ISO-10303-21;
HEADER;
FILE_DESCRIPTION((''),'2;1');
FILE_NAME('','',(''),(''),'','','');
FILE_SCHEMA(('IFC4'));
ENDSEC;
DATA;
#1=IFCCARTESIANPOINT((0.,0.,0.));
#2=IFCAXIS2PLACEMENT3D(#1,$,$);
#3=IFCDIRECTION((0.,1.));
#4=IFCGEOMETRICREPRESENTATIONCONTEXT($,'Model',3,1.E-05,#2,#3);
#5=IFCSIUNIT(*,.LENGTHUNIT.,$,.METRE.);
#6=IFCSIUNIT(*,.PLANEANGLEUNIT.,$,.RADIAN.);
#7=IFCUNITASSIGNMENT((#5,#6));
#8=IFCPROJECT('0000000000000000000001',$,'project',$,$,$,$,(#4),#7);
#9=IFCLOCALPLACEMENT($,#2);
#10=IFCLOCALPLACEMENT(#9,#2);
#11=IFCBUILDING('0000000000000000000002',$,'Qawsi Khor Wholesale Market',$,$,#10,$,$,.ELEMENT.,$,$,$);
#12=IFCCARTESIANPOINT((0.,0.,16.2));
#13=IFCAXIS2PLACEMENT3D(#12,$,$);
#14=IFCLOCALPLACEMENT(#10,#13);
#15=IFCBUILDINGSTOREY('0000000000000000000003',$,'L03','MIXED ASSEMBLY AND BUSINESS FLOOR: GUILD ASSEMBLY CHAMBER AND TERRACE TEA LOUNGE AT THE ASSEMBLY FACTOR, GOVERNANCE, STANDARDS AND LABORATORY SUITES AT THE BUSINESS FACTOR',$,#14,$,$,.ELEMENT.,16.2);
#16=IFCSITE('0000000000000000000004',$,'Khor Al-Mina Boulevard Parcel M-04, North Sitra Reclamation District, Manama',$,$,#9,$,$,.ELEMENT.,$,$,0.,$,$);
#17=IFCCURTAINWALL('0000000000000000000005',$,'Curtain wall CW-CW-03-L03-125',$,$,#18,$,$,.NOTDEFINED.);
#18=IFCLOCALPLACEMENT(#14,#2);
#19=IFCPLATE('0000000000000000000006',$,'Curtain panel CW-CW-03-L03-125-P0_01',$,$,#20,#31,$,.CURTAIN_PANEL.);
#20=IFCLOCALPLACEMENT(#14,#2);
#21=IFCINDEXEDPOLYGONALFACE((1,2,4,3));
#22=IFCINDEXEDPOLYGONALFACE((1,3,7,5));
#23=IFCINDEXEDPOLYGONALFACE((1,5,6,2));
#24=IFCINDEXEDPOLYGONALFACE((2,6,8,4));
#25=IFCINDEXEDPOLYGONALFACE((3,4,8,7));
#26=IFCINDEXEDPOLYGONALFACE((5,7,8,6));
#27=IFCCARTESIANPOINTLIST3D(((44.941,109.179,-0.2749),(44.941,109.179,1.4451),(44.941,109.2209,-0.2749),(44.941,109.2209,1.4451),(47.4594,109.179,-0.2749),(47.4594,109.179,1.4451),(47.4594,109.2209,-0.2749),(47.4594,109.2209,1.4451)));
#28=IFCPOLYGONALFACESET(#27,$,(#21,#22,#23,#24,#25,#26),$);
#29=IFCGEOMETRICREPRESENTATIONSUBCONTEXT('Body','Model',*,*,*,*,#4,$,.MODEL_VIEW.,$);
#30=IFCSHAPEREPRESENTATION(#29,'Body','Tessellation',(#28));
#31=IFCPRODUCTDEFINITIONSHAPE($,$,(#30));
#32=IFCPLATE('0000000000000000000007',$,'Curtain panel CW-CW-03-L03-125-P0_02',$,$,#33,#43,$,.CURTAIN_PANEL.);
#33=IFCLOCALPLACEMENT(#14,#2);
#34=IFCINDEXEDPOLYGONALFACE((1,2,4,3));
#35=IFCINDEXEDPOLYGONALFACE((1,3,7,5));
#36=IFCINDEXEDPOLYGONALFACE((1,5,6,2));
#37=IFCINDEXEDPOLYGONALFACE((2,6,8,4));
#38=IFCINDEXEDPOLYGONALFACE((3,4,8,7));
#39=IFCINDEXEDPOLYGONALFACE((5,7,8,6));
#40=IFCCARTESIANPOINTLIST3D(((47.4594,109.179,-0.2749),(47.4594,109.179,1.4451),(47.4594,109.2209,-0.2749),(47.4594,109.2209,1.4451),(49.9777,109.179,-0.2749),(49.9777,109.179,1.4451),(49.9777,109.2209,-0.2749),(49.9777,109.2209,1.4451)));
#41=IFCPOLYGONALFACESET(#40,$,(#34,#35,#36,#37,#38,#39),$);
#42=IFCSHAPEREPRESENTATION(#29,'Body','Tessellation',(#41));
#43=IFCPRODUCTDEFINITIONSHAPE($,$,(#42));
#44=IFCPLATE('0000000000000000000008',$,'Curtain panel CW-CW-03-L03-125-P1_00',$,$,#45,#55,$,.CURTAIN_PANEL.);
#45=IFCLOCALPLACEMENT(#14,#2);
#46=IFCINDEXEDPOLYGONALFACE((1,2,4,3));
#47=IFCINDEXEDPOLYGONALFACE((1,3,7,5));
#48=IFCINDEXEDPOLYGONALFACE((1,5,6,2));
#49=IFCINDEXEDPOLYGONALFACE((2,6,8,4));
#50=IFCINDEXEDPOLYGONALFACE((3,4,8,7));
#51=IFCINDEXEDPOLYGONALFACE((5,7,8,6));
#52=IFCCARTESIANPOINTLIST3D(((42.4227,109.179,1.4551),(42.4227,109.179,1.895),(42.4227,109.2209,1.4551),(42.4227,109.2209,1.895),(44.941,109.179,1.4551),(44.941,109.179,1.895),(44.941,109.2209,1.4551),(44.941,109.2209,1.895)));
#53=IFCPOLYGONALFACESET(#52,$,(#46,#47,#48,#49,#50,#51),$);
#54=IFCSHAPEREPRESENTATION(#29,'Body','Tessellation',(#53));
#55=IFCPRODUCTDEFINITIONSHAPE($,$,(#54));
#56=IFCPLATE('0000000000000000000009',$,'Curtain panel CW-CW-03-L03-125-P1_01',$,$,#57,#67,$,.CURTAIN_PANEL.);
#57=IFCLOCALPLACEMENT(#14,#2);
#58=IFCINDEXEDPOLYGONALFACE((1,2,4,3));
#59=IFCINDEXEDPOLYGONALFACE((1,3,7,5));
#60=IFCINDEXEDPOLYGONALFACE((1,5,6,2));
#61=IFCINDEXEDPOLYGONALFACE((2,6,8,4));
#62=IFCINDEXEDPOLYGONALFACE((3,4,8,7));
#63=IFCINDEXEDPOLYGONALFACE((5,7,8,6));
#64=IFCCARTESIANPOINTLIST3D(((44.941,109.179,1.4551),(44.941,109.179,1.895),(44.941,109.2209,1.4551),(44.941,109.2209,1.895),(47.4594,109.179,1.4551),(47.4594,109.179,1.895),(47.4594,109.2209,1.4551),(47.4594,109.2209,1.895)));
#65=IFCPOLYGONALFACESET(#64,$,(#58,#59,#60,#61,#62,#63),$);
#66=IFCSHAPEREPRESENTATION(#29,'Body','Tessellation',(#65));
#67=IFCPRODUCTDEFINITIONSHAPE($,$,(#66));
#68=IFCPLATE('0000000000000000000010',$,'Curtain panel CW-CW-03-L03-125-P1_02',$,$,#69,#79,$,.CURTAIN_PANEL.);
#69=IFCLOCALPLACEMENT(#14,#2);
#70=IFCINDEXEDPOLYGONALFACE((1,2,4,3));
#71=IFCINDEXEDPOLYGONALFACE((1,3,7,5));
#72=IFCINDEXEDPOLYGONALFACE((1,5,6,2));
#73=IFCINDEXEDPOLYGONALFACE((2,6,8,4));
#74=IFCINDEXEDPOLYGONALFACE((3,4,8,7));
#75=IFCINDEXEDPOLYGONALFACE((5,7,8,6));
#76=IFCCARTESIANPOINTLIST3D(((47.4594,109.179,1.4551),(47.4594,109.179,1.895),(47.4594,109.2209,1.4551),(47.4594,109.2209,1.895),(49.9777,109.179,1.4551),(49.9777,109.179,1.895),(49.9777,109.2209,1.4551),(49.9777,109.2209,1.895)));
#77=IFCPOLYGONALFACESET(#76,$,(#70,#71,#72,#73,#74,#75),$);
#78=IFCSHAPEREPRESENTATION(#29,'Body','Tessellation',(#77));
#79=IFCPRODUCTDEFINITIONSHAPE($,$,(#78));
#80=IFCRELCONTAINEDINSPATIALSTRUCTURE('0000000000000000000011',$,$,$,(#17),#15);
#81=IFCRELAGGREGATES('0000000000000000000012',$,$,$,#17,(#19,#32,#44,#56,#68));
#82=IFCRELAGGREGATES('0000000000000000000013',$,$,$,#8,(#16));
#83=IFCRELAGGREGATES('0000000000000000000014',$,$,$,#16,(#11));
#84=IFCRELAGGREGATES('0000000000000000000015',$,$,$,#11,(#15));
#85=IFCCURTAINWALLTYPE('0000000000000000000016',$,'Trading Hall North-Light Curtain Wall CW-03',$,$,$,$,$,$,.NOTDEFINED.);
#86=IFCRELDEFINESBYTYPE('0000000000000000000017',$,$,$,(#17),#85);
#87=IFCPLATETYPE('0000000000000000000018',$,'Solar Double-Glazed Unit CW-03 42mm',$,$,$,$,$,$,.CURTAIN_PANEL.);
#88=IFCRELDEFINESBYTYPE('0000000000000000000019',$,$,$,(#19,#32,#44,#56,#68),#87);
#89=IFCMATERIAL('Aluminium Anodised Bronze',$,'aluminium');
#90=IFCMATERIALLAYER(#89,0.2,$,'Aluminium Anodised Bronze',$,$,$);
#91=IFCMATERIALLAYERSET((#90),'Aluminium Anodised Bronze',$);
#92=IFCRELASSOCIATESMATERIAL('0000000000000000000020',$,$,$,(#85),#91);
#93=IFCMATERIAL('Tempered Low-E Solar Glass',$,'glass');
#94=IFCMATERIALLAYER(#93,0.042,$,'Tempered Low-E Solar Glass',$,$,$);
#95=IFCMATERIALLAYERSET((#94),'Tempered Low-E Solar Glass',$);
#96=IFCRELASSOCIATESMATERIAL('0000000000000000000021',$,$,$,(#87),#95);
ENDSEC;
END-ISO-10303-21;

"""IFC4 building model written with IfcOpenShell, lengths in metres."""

from ifc_helpers import new_model, si_unit, direction, frame, frame_2d, origin, place, context, subcontext, project, spatial, rectangle, extrude, material, layer, layer_set, type_object, element, aggregate, save


model = new_model("IFC4")

# Units and contexts
model_context = context("Model", 3, precision=1e-05, world=origin(), true_north=direction((0.0, 1.0)))
body_context = subcontext(model_context, "Body", "Model", "MODEL_VIEW")
ifc_project = project(units=[si_unit("LENGTHUNIT", "METRE"), si_unit("PLANEANGLEUNIT", "RADIAN")], contexts=[model_context])

# Site, building, storey
site_placement = place(None, origin())
site = spatial("IfcSite", under=ifc_project, at=site_placement, Name="Khor Al-Mina Boulevard Parcel M-04, North Sitra Reclamation District, Manama", CompositionType="ELEMENT", RefElevation=0.0)
building_placement = place(site_placement, origin())
building = spatial("IfcBuilding", under=site, at=building_placement, Name="Qawsi Khor Wholesale Market", CompositionType="ELEMENT")
storey_placement = place(building_placement, frame((0.0, 0.0, 16.2)))
storey = spatial("IfcBuildingStorey", under=building, at=storey_placement, Name="L03", Description="MIXED ASSEMBLY AND BUSINESS FLOOR: GUILD ASSEMBLY CHAMBER AND TERRACE TEA LOUNGE AT THE ASSEMBLY FACTOR, GOVERNANCE, STANDARDS AND LABORATORY SUITES AT THE BUSINESS FACTOR", CompositionType="ELEMENT", Elevation=16.2)

# Curtain wall
ifc_material_1 = material(Name="Aluminium Anodised Bronze", Category="aluminium")
ifc_layer_1 = layer(ifc_material_1, 0.2, Name="Aluminium Anodised Bronze")
ifc_layer_set_1 = layer_set([ifc_layer_1], Name="Aluminium Anodised Bronze")
curtain_wall_type = type_object("IfcCurtainWallType", Name="Trading Hall North-Light Curtain Wall CW-03", PredefinedType="NOTDEFINED", material=ifc_layer_set_1)
curtain_wall_placement = place(storey_placement, origin())
curtain_wall = element("IfcCurtainWall", 1, at=curtain_wall_placement, inside=storey, type_object=curtain_wall_type, Name="Curtain wall CW-CW-03-L03-125", PredefinedType="NOTDEFINED")

# Plates
ifc_material_2 = material(Name="Tempered Low-E Solar Glass", Category="glass")
ifc_layer_2 = layer(ifc_material_2, 0.042, Name="Tempered Low-E Solar Glass")
ifc_layer_set_2 = layer_set([ifc_layer_2], Name="Tempered Low-E Solar Glass")
plate_type = type_object("IfcPlateType", Name="Solar Double-Glazed Unit CW-03 42mm", PredefinedType="CURTAIN_PANEL", material=ifc_layer_set_2)
plate_1_placement = place(storey_placement, frame((44.9409, 109.2, -0.2749), z_axis=(0.0, 0.0, 1.0), x_axis=(1.0, 0.0, 0.0)))
plate_1 = element("IfcPlate", 2, at=plate_1_placement, type_object=plate_type, Name="Curtain panel CW-CW-03-L03-125-P0_01", PredefinedType="CURTAIN_PANEL", context=body_context, shape_type="SweptSolid", body=[
    extrude(rectangle(XDim=2.5183, YDim=0.042, at=frame_2d((1.2593, 0.0))), origin(), (0.0, 0.0, 1.0), 1.72),
])
plate_2_placement = place(storey_placement, frame((47.4592, 109.2, -0.2749), z_axis=(0.0, 0.0, 1.0), x_axis=(1.0, 0.0, 0.0)))
plate_2 = element("IfcPlate", 3, at=plate_2_placement, type_object=plate_type, Name="Curtain panel CW-CW-03-L03-125-P0_02", PredefinedType="CURTAIN_PANEL", context=body_context, shape_type="SweptSolid", body=[
    extrude(rectangle(XDim=2.5183, YDim=0.042, at=frame_2d((1.2593, 0.0))), origin(), (0.0, 0.0, 1.0), 1.72),
])
plate_3_placement = place(storey_placement, frame((42.4226, 109.2, 1.4551), z_axis=(0.0, 0.0, 1.0), x_axis=(1.0, 0.0, 0.0)))
plate_3 = element("IfcPlate", 4, at=plate_3_placement, type_object=plate_type, Name="Curtain panel CW-CW-03-L03-125-P1_00", PredefinedType="CURTAIN_PANEL", context=body_context, shape_type="SweptSolid", body=[
    extrude(rectangle(XDim=2.5183, YDim=0.042, at=frame_2d((1.2593, 0.0))), origin(), (0.0, 0.0, 1.0), 0.4399),
])
plate_4_placement = place(storey_placement, frame((44.9409, 109.2, 1.4551), z_axis=(0.0, 0.0, 1.0), x_axis=(1.0, 0.0, 0.0)))
plate_4 = element("IfcPlate", 5, at=plate_4_placement, type_object=plate_type, Name="Curtain panel CW-CW-03-L03-125-P1_01", PredefinedType="CURTAIN_PANEL", context=body_context, shape_type="SweptSolid", body=[
    extrude(rectangle(XDim=2.5183, YDim=0.042, at=frame_2d((1.2593, 0.0))), origin(), (0.0, 0.0, 1.0), 0.4399),
])
plate_5_placement = place(storey_placement, frame((47.4592, 109.2, 1.4551), z_axis=(0.0, 0.0, 1.0), x_axis=(1.0, 0.0, 0.0)))
plate_5 = element("IfcPlate", 6, at=plate_5_placement, type_object=plate_type, Name="Curtain panel CW-CW-03-L03-125-P1_02", PredefinedType="CURTAIN_PANEL", context=body_context, shape_type="SweptSolid", body=[
    extrude(rectangle(XDim=2.5183, YDim=0.042, at=frame_2d((1.2593, 0.0))), origin(), (0.0, 0.0, 1.0), 0.4399),
])
aggregate(curtain_wall, [plate_1, plate_2, plate_3, plate_4, plate_5])

save(model, "model.ifc")
